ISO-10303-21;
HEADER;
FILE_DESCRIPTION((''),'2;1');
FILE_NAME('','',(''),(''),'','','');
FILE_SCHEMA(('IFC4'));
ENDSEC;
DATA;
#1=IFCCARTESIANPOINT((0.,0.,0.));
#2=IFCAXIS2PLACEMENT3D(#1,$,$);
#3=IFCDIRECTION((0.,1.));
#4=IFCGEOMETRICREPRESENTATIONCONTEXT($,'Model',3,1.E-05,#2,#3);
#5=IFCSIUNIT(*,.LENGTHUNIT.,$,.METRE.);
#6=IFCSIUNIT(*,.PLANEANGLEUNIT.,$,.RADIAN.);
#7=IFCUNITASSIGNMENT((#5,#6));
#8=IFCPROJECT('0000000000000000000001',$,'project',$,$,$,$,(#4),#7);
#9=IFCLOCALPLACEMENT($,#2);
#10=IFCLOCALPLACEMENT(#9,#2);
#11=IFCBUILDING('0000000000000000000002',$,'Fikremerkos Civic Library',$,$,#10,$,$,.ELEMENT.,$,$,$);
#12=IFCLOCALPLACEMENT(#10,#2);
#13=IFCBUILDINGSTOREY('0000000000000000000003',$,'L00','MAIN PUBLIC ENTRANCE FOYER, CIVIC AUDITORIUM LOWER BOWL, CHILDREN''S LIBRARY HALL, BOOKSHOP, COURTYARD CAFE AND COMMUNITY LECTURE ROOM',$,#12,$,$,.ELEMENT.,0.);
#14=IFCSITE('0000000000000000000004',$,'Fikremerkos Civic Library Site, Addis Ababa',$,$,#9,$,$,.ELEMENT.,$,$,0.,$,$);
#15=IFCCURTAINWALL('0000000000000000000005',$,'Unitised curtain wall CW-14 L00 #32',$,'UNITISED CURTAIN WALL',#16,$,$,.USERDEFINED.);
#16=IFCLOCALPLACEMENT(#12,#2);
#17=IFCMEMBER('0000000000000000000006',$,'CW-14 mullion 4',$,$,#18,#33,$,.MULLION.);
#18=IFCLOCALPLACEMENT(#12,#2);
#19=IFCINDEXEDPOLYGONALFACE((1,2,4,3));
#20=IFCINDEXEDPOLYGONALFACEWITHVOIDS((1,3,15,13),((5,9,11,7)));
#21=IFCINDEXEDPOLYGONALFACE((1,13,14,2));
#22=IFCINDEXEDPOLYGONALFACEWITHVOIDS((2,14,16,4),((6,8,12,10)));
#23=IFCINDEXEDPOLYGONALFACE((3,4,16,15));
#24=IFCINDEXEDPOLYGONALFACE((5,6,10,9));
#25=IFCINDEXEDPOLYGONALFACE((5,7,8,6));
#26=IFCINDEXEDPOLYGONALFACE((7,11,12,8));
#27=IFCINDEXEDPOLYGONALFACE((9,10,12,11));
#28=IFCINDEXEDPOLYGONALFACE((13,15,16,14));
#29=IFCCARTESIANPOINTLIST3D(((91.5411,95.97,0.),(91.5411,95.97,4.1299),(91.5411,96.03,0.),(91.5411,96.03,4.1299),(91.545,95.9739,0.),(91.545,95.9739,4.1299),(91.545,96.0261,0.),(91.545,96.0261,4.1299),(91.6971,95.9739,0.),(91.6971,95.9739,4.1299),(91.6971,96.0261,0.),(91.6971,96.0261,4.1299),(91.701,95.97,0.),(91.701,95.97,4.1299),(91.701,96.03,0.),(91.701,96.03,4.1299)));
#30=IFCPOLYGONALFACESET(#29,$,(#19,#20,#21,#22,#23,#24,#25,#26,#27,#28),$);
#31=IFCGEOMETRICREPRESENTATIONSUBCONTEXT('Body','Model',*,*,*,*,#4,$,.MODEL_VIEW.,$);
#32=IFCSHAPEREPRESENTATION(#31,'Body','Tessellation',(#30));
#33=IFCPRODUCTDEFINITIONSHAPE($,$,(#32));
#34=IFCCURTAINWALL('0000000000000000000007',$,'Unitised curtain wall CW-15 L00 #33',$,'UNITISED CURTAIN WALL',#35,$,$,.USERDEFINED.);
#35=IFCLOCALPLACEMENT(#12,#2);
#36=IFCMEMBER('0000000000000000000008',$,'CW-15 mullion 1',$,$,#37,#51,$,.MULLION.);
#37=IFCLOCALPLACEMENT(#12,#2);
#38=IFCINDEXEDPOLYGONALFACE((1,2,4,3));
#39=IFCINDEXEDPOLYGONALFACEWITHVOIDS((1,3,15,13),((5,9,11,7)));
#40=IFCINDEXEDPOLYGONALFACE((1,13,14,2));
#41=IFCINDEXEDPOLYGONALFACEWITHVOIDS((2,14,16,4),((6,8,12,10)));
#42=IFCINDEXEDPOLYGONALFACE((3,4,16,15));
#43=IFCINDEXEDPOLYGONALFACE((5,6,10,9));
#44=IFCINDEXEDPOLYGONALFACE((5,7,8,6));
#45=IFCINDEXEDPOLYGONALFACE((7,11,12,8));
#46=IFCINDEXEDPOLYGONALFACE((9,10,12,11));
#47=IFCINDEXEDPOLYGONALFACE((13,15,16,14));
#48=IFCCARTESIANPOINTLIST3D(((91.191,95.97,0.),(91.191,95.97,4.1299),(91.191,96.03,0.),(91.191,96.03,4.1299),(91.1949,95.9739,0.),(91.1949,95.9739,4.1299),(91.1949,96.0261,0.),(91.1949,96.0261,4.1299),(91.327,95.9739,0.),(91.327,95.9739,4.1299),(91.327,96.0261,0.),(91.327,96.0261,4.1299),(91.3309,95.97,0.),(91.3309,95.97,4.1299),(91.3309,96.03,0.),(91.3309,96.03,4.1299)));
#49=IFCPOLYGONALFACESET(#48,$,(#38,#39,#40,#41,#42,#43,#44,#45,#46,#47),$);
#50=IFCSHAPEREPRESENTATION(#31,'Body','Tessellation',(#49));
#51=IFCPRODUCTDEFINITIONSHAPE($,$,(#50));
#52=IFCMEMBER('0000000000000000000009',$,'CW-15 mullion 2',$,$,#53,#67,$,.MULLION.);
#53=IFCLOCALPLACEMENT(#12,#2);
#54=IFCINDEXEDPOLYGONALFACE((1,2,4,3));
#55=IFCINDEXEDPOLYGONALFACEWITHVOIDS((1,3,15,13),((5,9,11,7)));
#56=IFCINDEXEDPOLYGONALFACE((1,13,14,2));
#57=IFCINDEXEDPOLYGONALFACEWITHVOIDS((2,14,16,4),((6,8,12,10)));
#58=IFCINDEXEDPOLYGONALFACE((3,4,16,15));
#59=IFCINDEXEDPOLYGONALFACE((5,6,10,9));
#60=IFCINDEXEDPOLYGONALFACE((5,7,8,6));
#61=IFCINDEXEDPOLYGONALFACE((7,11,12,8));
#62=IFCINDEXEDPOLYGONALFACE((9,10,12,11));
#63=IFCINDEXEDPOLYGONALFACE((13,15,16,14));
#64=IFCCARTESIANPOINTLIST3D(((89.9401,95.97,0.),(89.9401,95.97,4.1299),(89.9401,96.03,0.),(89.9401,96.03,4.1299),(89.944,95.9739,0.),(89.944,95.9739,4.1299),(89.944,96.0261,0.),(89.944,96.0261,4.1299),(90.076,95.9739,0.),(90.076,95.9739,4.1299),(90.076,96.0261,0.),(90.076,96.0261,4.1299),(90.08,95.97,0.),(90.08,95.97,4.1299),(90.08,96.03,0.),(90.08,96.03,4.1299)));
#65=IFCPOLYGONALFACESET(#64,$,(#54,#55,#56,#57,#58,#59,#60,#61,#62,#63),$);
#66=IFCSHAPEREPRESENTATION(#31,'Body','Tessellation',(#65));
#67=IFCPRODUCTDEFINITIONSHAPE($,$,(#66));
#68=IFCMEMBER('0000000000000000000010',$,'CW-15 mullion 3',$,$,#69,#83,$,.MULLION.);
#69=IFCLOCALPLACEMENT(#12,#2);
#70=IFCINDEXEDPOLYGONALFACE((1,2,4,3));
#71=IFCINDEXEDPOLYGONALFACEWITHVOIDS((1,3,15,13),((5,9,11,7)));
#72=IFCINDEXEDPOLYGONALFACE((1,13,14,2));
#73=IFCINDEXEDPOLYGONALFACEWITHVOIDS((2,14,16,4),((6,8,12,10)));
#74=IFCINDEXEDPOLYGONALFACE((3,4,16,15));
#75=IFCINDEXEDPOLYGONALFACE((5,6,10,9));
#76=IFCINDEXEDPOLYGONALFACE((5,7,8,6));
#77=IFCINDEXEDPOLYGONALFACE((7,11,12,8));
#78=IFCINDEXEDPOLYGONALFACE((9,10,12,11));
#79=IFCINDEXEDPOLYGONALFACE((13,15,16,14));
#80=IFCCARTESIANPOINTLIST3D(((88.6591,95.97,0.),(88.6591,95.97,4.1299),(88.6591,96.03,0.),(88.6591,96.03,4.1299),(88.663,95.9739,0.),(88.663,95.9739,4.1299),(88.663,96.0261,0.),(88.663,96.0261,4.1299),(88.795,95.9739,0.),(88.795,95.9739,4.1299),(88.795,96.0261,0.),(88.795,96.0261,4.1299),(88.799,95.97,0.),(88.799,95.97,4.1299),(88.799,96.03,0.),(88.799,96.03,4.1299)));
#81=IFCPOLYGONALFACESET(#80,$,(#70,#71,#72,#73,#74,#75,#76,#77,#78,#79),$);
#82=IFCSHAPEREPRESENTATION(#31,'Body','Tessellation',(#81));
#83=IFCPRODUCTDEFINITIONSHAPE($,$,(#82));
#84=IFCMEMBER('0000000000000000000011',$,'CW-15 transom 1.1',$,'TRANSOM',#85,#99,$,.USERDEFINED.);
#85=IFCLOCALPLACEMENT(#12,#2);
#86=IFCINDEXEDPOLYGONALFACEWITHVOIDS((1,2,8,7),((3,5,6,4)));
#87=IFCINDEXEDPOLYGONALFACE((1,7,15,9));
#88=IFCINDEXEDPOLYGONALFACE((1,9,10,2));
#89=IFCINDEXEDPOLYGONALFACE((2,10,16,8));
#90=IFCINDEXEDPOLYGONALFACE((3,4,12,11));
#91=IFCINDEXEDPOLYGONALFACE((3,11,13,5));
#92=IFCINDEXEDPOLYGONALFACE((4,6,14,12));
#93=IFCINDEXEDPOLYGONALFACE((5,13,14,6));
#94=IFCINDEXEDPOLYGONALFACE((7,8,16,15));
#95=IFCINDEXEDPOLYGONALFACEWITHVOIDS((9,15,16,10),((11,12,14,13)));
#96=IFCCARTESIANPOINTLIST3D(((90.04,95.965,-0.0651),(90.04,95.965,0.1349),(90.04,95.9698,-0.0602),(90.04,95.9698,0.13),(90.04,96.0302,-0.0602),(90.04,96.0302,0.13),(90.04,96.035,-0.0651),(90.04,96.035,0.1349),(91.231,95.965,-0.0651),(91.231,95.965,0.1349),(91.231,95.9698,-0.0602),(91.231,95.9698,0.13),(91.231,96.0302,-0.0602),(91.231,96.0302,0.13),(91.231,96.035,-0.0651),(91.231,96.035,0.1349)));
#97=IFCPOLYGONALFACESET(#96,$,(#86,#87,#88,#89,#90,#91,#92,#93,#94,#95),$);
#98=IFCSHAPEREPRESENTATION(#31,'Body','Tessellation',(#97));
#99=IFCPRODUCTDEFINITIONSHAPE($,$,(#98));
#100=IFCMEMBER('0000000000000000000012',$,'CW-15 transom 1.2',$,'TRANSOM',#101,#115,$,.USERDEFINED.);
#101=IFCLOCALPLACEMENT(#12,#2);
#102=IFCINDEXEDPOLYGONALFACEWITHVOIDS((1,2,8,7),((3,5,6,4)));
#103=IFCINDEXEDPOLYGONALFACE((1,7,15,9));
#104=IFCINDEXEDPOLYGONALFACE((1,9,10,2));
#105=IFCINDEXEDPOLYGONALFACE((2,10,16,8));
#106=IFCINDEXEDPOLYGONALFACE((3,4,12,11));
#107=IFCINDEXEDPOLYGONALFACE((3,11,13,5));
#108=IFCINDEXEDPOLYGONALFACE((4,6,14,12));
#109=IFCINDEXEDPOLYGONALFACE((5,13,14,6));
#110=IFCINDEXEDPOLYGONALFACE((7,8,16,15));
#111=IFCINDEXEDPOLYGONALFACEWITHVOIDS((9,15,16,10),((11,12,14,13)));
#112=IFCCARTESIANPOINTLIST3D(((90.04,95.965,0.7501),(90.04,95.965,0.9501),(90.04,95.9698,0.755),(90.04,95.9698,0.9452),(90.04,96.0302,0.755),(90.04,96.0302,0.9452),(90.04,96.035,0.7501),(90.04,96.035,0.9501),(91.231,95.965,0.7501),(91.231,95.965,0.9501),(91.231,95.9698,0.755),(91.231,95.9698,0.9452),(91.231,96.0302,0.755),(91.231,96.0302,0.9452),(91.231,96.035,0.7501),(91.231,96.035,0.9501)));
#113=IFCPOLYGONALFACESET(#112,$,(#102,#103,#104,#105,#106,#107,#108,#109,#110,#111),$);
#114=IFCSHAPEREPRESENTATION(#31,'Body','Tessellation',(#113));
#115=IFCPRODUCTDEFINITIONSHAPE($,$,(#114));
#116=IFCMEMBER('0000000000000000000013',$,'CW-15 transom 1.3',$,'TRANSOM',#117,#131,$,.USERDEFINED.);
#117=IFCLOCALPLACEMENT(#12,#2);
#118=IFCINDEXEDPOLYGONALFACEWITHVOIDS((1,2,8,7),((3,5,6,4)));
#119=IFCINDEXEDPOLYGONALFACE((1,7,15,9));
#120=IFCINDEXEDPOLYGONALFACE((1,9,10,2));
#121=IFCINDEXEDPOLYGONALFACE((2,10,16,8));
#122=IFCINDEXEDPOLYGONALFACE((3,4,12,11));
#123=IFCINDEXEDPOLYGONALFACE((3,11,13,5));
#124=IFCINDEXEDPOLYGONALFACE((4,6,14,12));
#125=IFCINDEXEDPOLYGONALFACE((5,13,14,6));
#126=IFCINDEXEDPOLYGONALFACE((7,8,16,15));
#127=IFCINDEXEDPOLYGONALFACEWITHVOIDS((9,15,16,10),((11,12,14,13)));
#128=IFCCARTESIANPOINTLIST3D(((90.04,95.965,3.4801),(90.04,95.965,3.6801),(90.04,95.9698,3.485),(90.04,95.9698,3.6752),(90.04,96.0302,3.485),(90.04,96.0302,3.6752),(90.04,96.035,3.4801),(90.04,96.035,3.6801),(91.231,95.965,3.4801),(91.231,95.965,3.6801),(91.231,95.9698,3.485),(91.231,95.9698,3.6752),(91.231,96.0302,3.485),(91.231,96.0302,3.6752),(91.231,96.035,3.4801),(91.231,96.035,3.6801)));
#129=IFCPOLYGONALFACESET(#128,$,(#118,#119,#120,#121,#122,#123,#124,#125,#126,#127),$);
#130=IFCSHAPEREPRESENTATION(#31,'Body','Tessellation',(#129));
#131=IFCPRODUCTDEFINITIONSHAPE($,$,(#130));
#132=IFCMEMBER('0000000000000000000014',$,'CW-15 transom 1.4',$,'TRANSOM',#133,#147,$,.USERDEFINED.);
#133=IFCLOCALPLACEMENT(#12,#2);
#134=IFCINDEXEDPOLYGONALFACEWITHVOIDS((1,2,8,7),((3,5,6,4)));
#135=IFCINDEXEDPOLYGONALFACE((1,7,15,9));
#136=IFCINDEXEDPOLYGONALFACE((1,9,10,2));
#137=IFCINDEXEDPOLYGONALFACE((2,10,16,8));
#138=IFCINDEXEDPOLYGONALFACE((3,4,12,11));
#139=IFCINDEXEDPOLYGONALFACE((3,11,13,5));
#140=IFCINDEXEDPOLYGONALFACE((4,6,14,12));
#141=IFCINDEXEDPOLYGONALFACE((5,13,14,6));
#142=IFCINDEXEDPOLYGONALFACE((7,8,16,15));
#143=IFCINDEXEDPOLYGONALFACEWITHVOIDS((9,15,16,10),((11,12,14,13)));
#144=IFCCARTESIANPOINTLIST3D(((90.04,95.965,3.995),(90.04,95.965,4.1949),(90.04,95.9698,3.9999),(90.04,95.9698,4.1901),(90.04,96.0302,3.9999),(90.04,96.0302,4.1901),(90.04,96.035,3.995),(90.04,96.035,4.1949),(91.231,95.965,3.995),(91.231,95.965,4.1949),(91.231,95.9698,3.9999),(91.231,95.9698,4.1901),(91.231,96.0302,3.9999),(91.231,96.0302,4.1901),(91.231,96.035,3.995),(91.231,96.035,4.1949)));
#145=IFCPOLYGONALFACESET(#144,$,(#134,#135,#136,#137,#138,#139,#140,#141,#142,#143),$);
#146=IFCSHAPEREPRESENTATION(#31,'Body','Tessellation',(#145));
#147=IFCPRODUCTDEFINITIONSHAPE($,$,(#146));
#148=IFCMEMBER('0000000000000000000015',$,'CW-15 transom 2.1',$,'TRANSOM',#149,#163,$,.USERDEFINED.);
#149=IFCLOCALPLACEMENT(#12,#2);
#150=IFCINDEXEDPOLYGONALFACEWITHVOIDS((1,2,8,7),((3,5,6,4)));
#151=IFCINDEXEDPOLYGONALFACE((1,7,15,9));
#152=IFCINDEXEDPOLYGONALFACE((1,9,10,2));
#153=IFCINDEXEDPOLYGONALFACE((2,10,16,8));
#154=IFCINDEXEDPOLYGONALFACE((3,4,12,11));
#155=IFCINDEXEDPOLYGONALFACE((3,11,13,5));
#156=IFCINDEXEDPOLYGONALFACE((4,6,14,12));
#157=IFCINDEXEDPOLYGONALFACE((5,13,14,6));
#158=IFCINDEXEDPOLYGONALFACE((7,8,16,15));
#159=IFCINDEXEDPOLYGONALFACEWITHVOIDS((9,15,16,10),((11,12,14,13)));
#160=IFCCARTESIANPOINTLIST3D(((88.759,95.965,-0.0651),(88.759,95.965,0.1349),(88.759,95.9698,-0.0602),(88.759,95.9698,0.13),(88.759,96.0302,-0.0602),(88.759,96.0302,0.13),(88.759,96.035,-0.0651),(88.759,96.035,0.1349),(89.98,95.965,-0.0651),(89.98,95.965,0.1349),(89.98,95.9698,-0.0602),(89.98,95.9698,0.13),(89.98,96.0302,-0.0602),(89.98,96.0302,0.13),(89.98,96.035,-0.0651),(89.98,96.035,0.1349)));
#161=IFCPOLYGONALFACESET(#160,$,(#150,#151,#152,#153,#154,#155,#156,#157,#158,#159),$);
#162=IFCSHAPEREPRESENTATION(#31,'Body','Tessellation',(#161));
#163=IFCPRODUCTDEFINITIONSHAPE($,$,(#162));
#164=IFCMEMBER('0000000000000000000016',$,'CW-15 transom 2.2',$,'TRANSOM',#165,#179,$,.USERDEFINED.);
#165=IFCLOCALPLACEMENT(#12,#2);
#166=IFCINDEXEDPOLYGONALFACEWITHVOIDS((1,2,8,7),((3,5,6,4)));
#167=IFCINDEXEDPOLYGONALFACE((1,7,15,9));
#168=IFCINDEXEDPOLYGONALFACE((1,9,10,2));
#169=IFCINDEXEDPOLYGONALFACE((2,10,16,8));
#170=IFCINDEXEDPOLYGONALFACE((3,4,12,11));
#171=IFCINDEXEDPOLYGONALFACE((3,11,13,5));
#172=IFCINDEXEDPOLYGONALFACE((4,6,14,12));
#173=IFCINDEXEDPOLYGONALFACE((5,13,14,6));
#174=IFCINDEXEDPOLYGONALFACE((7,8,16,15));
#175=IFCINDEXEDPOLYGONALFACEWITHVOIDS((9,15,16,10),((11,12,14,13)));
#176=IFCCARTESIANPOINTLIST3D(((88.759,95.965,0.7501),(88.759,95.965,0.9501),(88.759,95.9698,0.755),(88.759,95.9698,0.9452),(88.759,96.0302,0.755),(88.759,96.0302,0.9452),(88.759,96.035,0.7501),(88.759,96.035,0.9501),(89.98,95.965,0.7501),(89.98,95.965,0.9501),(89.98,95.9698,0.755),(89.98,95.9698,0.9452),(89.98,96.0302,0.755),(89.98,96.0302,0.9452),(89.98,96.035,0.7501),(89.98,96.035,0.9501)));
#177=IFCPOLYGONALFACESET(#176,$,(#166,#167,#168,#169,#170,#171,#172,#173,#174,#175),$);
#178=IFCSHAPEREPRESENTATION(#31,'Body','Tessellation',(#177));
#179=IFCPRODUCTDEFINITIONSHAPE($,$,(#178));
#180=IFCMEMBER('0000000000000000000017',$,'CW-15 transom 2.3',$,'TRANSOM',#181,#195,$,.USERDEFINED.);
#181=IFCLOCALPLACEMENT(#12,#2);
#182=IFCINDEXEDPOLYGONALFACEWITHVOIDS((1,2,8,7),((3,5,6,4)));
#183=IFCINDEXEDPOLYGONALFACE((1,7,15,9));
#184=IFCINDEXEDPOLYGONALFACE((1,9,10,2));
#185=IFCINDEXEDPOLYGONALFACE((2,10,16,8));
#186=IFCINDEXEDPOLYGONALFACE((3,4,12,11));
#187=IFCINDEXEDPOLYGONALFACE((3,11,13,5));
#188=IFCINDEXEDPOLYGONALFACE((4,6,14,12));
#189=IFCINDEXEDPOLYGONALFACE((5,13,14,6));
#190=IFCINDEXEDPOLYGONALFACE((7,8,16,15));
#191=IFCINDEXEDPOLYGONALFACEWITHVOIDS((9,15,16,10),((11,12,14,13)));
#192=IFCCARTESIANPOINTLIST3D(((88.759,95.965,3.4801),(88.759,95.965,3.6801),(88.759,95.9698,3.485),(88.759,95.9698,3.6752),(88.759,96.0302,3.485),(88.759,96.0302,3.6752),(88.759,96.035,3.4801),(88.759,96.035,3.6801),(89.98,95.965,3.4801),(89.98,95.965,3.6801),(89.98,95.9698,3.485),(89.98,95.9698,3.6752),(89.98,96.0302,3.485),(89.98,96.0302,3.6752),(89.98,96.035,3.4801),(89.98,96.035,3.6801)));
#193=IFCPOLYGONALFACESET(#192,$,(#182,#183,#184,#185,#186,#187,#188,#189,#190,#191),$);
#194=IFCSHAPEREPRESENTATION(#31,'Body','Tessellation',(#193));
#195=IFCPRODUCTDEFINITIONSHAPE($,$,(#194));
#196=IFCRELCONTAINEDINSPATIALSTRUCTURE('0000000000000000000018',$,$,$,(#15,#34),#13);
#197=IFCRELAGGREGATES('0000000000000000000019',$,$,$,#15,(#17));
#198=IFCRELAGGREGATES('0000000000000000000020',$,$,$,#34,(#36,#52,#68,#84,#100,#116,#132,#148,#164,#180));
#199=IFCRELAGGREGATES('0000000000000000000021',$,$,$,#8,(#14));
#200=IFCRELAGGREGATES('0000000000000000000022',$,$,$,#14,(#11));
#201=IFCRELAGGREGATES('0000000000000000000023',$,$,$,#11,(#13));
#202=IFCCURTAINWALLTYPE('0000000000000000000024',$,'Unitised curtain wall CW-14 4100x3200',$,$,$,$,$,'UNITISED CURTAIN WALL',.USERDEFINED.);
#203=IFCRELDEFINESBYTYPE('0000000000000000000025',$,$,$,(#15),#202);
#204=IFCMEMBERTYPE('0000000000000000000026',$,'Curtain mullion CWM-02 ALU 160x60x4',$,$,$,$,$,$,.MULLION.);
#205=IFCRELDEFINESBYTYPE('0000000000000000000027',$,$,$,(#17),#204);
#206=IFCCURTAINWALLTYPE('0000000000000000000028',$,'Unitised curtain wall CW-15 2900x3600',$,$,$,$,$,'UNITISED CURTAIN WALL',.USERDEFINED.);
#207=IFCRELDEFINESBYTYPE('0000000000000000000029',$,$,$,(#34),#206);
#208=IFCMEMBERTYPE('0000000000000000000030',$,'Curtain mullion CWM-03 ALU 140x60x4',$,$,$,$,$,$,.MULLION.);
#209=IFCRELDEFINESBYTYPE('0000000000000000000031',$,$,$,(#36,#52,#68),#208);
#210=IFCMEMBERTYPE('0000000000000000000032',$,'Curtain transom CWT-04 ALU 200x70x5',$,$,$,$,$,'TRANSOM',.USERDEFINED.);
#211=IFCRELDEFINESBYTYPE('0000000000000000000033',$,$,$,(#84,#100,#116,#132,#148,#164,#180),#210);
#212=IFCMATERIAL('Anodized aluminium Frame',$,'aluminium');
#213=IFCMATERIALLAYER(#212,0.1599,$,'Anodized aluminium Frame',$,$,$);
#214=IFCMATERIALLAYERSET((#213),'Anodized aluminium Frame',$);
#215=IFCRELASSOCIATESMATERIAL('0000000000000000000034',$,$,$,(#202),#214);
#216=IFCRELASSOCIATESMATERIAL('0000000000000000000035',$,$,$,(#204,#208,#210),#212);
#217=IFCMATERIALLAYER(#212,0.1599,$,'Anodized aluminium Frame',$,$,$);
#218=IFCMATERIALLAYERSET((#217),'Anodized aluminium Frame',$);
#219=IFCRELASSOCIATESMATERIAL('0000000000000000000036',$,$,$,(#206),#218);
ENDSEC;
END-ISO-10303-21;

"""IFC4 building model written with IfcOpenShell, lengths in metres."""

from ifc_helpers import new_model, si_unit, direction, frame, origin, origin_2d, place, context, subcontext, project, spatial, hollow_rectangle, extrude, material, layer, layer_set, material_profile, profile_set, type_object, element, aggregate, save


model = new_model("IFC4")

# Units and contexts
model_context = context("Model", 3, precision=1e-05, world=origin(), true_north=direction((0.0, 1.0)))
body_context = subcontext(model_context, "Body", "Model", "MODEL_VIEW")
ifc_project = project(units=[si_unit("LENGTHUNIT", "METRE"), si_unit("PLANEANGLEUNIT", "RADIAN")], contexts=[model_context])

# Site, building, storey
site_placement = place(None, origin())
site = spatial("IfcSite", under=ifc_project, at=site_placement, Name="Fikremerkos Civic Library Site, Addis Ababa", CompositionType="ELEMENT", RefElevation=0.0)
building_placement = place(site_placement, origin())
building = spatial("IfcBuilding", under=site, at=building_placement, Name="Fikremerkos Civic Library", CompositionType="ELEMENT")
storey_placement = place(building_placement, origin())
storey = spatial("IfcBuildingStorey", under=building, at=storey_placement, Name="L00", Description="MAIN PUBLIC ENTRANCE FOYER, CIVIC AUDITORIUM LOWER BOWL, CHILDREN'S LIBRARY HALL, BOOKSHOP, COURTYARD CAFE AND COMMUNITY LECTURE ROOM", CompositionType="ELEMENT", Elevation=0.0)

# Curtain wall, member
ifc_material_1 = material(Name="Anodized aluminium Frame", Category="aluminium")
ifc_layer_1 = layer(ifc_material_1, 0.1599, Name="Anodized aluminium Frame")
ifc_layer_set_1 = layer_set([ifc_layer_1], Name="Anodized aluminium Frame")
curtain_wall_type_1 = type_object("IfcCurtainWallType", Name="Unitised curtain wall CW-14 4100x3200", ElementType="UNITISED CURTAIN WALL", PredefinedType="USERDEFINED", material=ifc_layer_set_1)
curtain_wall_1_placement = place(storey_placement, origin())
curtain_wall_1 = element("IfcCurtainWall", 1, at=curtain_wall_1_placement, inside=storey, type_object=curtain_wall_type_1, Name="Unitised curtain wall CW-14 L00 #32", ObjectType="UNITISED CURTAIN WALL", PredefinedType="USERDEFINED")
ifc_material_profile_1 = material_profile(ifc_material_1, hollow_rectangle(XDim=0.0601, YDim=0.1599, WallThickness=0.0039, at=origin_2d()), Name="ALU 160x60x4")
ifc_profile_set_1 = profile_set([ifc_material_profile_1], Name="Anodized aluminium Frame")
member_type_1 = type_object("IfcMemberType", Name="Curtain mullion CWM-02 ALU 160x60x4", PredefinedType="MULLION", material=ifc_profile_set_1)
member_1_placement = place(storey_placement, frame((91.6211, 96.0, 0.0), z_axis=(0.0, 0.0, 1.0), x_axis=(0.0, -1.0, 0.0)))
member_1 = element("IfcMember", 2, at=member_1_placement, type_object=member_type_1, Name="CW-14 mullion 4", PredefinedType="MULLION", context=body_context, shape_type="SweptSolid", body=[
    extrude(hollow_rectangle(XDim=0.0601, YDim=0.1599, WallThickness=0.0039, at=origin_2d()), origin(), (0.0, 0.0, 1.0), 4.1299),
])

# Curtain wall, members
ifc_layer_2 = layer(ifc_material_1, 0.1599, Name="Anodized aluminium Frame")
ifc_layer_set_2 = layer_set([ifc_layer_2], Name="Anodized aluminium Frame")
curtain_wall_type_2 = type_object("IfcCurtainWallType", Name="Unitised curtain wall CW-15 2900x3600", ElementType="UNITISED CURTAIN WALL", PredefinedType="USERDEFINED", material=ifc_layer_set_2)
curtain_wall_2_placement = place(storey_placement, origin())
curtain_wall_2 = element("IfcCurtainWall", 3, at=curtain_wall_2_placement, inside=storey, type_object=curtain_wall_type_2, Name="Unitised curtain wall CW-15 L00 #33", ObjectType="UNITISED CURTAIN WALL", PredefinedType="USERDEFINED")
ifc_material_profile_2 = material_profile(ifc_material_1, hollow_rectangle(XDim=0.0601, YDim=0.1399, WallThickness=0.0039, at=origin_2d()), Name="ALU 140x60x4")
ifc_profile_set_2 = profile_set([ifc_material_profile_2], Name="Anodized aluminium Frame")
member_type_2 = type_object("IfcMemberType", Name="Curtain mullion CWM-03 ALU 140x60x4", PredefinedType="MULLION", material=ifc_profile_set_2)
member_2_placement = place(storey_placement, frame((91.261, 96.0, 0.0), z_axis=(0.0, 0.0, 1.0), x_axis=(0.0, -1.0, 0.0)))
member_2 = element("IfcMember", 4, at=member_2_placement, type_object=member_type_2, Name="CW-15 mullion 1", PredefinedType="MULLION", context=body_context, shape_type="SweptSolid", body=[
    extrude(hollow_rectangle(XDim=0.0601, YDim=0.1399, WallThickness=0.0039, at=origin_2d()), origin(), (0.0, 0.0, 1.0), 4.1299),
])
member_3_placement = place(storey_placement, frame((90.01, 96.0, 0.0), z_axis=(0.0, 0.0, 1.0), x_axis=(0.0, -1.0, 0.0)))
member_3 = element("IfcMember", 5, at=member_3_placement, type_object=member_type_2, Name="CW-15 mullion 2", PredefinedType="MULLION", context=body_context, shape_type="SweptSolid", body=[
    extrude(hollow_rectangle(XDim=0.0601, YDim=0.1399, WallThickness=0.0039, at=origin_2d()), origin(), (0.0, 0.0, 1.0), 4.1299),
])
member_4_placement = place(storey_placement, frame((88.729, 96.0, 0.0), z_axis=(0.0, 0.0, 1.0), x_axis=(0.0, -1.0, 0.0)))
member_4 = element("IfcMember", 6, at=member_4_placement, type_object=member_type_2, Name="CW-15 mullion 3", PredefinedType="MULLION", context=body_context, shape_type="SweptSolid", body=[
    extrude(hollow_rectangle(XDim=0.0601, YDim=0.1399, WallThickness=0.0039, at=origin_2d()), origin(), (0.0, 0.0, 1.0), 4.1299),
])
ifc_material_profile_3 = material_profile(ifc_material_1, hollow_rectangle(XDim=0.0701, YDim=0.2, WallThickness=0.0049, at=origin_2d()), Name="ALU 200x70x5")
ifc_profile_set_3 = profile_set([ifc_material_profile_3], Name="Anodized aluminium Frame")
member_type_3 = type_object("IfcMemberType", Name="Curtain transom CWT-04 ALU 200x70x5", ElementType="TRANSOM", PredefinedType="USERDEFINED", material=ifc_profile_set_3)
member_5_placement = place(storey_placement, frame((91.231, 96.0, 0.0349), z_axis=(-1.0, 0.0, 0.0), x_axis=(0.0, -1.0, 0.0)))
member_5 = element("IfcMember", 7, at=member_5_placement, type_object=member_type_3, Name="CW-15 transom 1.1", ObjectType="TRANSOM", PredefinedType="USERDEFINED", context=body_context, shape_type="SweptSolid", body=[
    extrude(hollow_rectangle(XDim=0.0701, YDim=0.2, WallThickness=0.0049, at=origin_2d()), origin(), (0.0, 0.0, 1.0), 1.1909),
])
member_6_placement = place(storey_placement, frame((91.231, 96.0, 0.8501), z_axis=(-1.0, 0.0, 0.0), x_axis=(0.0, -1.0, 0.0)))
member_6 = element("IfcMember", 8, at=member_6_placement, type_object=member_type_3, Name="CW-15 transom 1.2", ObjectType="TRANSOM", PredefinedType="USERDEFINED", context=body_context, shape_type="SweptSolid", body=[
    extrude(hollow_rectangle(XDim=0.0701, YDim=0.2, WallThickness=0.0049, at=origin_2d()), origin(), (0.0, 0.0, 1.0), 1.1909),
])
member_7_placement = place(storey_placement, frame((91.231, 96.0, 3.5801), z_axis=(-1.0, 0.0, 0.0), x_axis=(0.0, -1.0, 0.0)))
member_7 = element("IfcMember", 9, at=member_7_placement, type_object=member_type_3, Name="CW-15 transom 1.3", ObjectType="TRANSOM", PredefinedType="USERDEFINED", context=body_context, shape_type="SweptSolid", body=[
    extrude(hollow_rectangle(XDim=0.0701, YDim=0.2, WallThickness=0.0049, at=origin_2d()), origin(), (0.0, 0.0, 1.0), 1.1909),
])
member_8_placement = place(storey_placement, frame((91.231, 96.0, 4.095), z_axis=(-1.0, 0.0, 0.0), x_axis=(0.0, -1.0, 0.0)))
member_8 = element("IfcMember", 10, at=member_8_placement, type_object=member_type_3, Name="CW-15 transom 1.4", ObjectType="TRANSOM", PredefinedType="USERDEFINED", context=body_context, shape_type="SweptSolid", body=[
    extrude(hollow_rectangle(XDim=0.0701, YDim=0.2, WallThickness=0.0049, at=origin_2d()), origin(), (0.0, 0.0, 1.0), 1.1909),
])
member_9_placement = place(storey_placement, frame((89.98, 96.0, 0.0349), z_axis=(-1.0, 0.0, 0.0), x_axis=(0.0, -1.0, 0.0)))
member_9 = element("IfcMember", 11, at=member_9_placement, type_object=member_type_3, Name="CW-15 transom 2.1", ObjectType="TRANSOM", PredefinedType="USERDEFINED", context=body_context, shape_type="SweptSolid", body=[
    extrude(hollow_rectangle(XDim=0.0701, YDim=0.2, WallThickness=0.0049, at=origin_2d()), origin(), (0.0, 0.0, 1.0), 1.2209),
])
member_10_placement = place(storey_placement, frame((89.98, 96.0, 0.8501), z_axis=(-1.0, 0.0, 0.0), x_axis=(0.0, -1.0, 0.0)))
member_10 = element("IfcMember", 12, at=member_10_placement, type_object=member_type_3, Name="CW-15 transom 2.2", ObjectType="TRANSOM", PredefinedType="USERDEFINED", context=body_context, shape_type="SweptSolid", body=[
    extrude(hollow_rectangle(XDim=0.0701, YDim=0.2, WallThickness=0.0049, at=origin_2d()), origin(), (0.0, 0.0, 1.0), 1.2209),
])
member_11_placement = place(storey_placement, frame((89.98, 96.0, 3.5801), z_axis=(-1.0, 0.0, 0.0), x_axis=(0.0, -1.0, 0.0)))
member_11 = element("IfcMember", 13, at=member_11_placement, type_object=member_type_3, Name="CW-15 transom 2.3", ObjectType="TRANSOM", PredefinedType="USERDEFINED", context=body_context, shape_type="SweptSolid", body=[
    extrude(hollow_rectangle(XDim=0.0701, YDim=0.2, WallThickness=0.0049, at=origin_2d()), origin(), (0.0, 0.0, 1.0), 1.2209),
])

aggregate(curtain_wall_1, [member_1])
aggregate(curtain_wall_2, [member_2, member_3, member_4, member_5, member_6, member_7, member_8, member_9, member_10, member_11])

save(model, "model.ifc")
